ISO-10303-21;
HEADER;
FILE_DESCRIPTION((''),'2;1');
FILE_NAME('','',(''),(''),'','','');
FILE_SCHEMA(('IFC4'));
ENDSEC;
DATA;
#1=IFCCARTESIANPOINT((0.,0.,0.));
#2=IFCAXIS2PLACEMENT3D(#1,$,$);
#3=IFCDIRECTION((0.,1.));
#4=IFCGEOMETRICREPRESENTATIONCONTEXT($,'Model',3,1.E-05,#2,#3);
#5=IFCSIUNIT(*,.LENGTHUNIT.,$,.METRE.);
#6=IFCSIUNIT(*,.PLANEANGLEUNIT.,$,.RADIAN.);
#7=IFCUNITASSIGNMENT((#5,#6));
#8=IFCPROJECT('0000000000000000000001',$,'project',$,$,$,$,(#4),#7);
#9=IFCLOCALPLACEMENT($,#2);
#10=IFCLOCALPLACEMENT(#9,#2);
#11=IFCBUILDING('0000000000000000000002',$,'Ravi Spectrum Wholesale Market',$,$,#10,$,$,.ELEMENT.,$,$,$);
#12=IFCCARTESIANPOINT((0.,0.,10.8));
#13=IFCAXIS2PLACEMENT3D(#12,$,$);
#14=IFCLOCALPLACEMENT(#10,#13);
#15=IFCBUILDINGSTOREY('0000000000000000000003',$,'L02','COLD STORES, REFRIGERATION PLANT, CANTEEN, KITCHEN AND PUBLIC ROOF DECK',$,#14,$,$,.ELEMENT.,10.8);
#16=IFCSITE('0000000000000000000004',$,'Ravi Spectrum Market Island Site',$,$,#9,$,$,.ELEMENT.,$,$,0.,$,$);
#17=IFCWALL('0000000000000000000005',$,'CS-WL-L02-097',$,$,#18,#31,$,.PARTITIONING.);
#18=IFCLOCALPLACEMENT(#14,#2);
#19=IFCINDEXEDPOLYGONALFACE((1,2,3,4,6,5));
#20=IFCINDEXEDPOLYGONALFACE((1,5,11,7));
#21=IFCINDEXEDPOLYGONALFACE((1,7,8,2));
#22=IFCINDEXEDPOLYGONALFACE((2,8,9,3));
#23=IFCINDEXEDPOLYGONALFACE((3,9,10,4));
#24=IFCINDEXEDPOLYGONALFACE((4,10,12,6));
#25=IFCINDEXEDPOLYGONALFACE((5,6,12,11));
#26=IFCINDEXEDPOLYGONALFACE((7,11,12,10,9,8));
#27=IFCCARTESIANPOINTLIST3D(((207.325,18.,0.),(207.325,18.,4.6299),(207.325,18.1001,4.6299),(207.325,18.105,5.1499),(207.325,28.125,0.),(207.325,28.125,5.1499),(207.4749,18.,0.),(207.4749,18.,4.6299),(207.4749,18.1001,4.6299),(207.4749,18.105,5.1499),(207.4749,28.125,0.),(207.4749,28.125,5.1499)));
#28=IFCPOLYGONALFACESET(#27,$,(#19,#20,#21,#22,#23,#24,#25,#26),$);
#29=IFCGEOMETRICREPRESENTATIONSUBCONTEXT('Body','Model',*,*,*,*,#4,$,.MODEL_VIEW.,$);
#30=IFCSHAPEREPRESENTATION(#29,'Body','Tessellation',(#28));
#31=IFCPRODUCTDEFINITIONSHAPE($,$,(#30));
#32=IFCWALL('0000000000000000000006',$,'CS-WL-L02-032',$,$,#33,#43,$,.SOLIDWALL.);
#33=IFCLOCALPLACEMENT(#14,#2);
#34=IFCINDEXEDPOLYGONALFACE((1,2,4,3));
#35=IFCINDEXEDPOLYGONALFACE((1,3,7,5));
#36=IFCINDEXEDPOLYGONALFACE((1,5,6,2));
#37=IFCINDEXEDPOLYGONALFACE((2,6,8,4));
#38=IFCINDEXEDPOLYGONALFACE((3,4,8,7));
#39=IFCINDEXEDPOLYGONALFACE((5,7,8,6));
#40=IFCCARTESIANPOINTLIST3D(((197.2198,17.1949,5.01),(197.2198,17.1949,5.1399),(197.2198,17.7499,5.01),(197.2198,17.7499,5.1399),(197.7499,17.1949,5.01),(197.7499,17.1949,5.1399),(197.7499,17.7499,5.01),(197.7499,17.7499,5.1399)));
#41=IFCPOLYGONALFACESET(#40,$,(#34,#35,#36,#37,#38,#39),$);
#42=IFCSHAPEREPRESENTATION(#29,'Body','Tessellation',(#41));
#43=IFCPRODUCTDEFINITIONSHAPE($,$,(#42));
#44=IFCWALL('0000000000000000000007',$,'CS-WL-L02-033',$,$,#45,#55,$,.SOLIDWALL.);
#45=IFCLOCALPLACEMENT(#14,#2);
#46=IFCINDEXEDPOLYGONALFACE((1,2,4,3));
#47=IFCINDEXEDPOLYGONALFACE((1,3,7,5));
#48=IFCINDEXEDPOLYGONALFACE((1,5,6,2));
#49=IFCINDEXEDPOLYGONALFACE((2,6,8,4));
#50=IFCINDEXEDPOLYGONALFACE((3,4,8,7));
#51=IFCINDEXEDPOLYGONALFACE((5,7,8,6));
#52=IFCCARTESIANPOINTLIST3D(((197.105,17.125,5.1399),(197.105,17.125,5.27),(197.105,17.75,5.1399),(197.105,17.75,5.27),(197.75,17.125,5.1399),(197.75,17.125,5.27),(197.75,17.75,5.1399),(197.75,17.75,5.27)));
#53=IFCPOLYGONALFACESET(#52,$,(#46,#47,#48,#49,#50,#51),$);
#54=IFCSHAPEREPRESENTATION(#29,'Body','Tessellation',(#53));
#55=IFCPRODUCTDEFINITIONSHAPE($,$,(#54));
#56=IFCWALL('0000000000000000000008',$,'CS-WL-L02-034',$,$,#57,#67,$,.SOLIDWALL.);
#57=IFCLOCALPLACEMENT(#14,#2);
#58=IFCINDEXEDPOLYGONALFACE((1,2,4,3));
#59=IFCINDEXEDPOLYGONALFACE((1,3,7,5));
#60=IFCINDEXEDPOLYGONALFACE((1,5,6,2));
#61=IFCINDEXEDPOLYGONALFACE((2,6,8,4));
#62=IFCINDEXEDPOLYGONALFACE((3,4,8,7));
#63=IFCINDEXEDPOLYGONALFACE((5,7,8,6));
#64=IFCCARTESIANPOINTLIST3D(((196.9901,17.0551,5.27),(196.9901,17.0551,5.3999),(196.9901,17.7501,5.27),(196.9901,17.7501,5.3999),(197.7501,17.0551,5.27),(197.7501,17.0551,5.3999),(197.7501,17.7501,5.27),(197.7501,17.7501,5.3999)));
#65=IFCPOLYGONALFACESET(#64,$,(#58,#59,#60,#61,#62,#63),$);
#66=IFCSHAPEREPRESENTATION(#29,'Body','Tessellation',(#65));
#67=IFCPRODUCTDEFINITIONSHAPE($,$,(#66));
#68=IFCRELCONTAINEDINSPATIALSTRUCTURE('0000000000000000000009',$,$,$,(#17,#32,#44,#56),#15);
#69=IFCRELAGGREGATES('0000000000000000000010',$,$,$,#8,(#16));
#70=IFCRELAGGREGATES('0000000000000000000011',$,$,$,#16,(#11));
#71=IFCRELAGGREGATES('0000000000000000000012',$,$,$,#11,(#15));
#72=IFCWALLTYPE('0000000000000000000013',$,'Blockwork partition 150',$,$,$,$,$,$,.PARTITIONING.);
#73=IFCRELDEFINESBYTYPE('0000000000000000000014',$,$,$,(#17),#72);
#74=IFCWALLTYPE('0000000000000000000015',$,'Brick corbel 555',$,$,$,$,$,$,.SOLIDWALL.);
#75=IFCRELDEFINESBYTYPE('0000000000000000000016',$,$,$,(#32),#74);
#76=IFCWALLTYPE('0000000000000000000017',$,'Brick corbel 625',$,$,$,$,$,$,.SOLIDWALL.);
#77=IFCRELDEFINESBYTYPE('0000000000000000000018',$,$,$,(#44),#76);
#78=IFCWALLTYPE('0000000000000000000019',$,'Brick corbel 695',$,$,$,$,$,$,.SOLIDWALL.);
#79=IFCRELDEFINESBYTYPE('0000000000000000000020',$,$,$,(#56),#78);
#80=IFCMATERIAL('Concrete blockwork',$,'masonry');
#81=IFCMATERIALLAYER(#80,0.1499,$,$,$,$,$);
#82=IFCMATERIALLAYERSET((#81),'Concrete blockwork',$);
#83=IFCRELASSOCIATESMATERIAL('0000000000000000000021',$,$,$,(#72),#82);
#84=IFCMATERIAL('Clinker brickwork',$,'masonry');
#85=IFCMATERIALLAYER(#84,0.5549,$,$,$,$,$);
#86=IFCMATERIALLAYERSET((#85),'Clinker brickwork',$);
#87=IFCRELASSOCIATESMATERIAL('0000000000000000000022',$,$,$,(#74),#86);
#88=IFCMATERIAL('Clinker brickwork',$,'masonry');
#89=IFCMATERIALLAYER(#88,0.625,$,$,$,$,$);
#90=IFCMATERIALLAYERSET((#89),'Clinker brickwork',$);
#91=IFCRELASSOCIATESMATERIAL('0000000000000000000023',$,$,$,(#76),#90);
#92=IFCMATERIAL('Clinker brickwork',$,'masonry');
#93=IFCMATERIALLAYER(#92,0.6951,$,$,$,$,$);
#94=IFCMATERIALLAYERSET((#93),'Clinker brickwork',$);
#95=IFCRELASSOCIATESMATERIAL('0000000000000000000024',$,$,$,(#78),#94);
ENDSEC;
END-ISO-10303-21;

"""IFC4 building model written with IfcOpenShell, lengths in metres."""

from ifc_helpers import new_model, si_unit, direction, frame, frame_2d, origin, place, context, subcontext, project, spatial, polyline, rectangle, outline, extrude, material, layer, layer_set, type_object, element, save


model = new_model("IFC4")

# Units and contexts
model_context = context("Model", 3, precision=1e-05, world=origin(), true_north=direction((0.0, 1.0)))
body_context = subcontext(model_context, "Body", "Model", "MODEL_VIEW")
ifc_project = project(units=[si_unit("LENGTHUNIT", "METRE"), si_unit("PLANEANGLEUNIT", "RADIAN")], contexts=[model_context])

# Site, building, storey
site_placement = place(None, origin())
site = spatial("IfcSite", under=ifc_project, at=site_placement, Name="Ravi Spectrum Market Island Site", CompositionType="ELEMENT", RefElevation=0.0)
building_placement = place(site_placement, origin())
building = spatial("IfcBuilding", under=site, at=building_placement, Name="Ravi Spectrum Wholesale Market", CompositionType="ELEMENT")
storey_placement = place(building_placement, frame((0.0, 0.0, 10.8)))
storey = spatial("IfcBuildingStorey", under=building, at=storey_placement, Name="L02", Description="COLD STORES, REFRIGERATION PLANT, CANTEEN, KITCHEN AND PUBLIC ROOF DECK", CompositionType="ELEMENT", Elevation=10.8)

# Walls
ifc_material_1 = material(Name="Concrete blockwork", Category="masonry")
ifc_layer_1 = layer(ifc_material_1, 0.1499)
ifc_layer_set_1 = layer_set([ifc_layer_1], Name="Concrete blockwork")
wall_type_1 = type_object("IfcWallType", Name="Blockwork partition 150", PredefinedType="PARTITIONING", material=ifc_layer_set_1)
wall_1_placement = place(storey_placement, frame((207.3999, 18.0, 0.0), z_axis=(0.0, 0.0, 1.0), x_axis=(0.0, 1.0, 0.0)))
element("IfcWall", 1, at=wall_1_placement, inside=storey, type_object=wall_type_1, Name="CS-WL-L02-097", PredefinedType="PARTITIONING", context=body_context, shape_type="SweptSolid", body=[
    extrude(outline(polyline([(0.0, 0.0), (10.125, 0.0), (10.125, 5.1499), (0.105, 5.1499), (0.1001, 4.6299), (0.0, 4.6299), (0.0, 0.0)])), frame((0.0, 0.075, 0.0), z_axis=(0.0, -1.0, 0.0), x_axis=(1.0, 0.0, 0.0)), (0.0, 0.0, 1.0), 0.1499),
])
ifc_material_2 = material(Name="Clinker brickwork", Category="masonry")
ifc_layer_2 = layer(ifc_material_2, 0.5549)
ifc_layer_set_2 = layer_set([ifc_layer_2], Name="Clinker brickwork")
wall_type_2 = type_object("IfcWallType", Name="Brick corbel 555", PredefinedType="SOLIDWALL", material=ifc_layer_set_2)
wall_2_placement = place(storey_placement, frame((197.75, 17.4724, 5.01), z_axis=(0.0, 0.0, 1.0), x_axis=(-1.0, 0.0, 0.0)))
element("IfcWall", 2, at=wall_2_placement, inside=storey, type_object=wall_type_2, Name="CS-WL-L02-032", PredefinedType="SOLIDWALL", context=body_context, shape_type="SweptSolid", body=[
    extrude(rectangle(XDim=0.53, YDim=0.5549, at=frame_2d((0.2651, 0.0))), origin(), (0.0, 0.0, 1.0), 0.1299),
])
ifc_material_3 = material(Name="Clinker brickwork", Category="masonry")
ifc_layer_3 = layer(ifc_material_3, 0.625)
ifc_layer_set_3 = layer_set([ifc_layer_3], Name="Clinker brickwork")
wall_type_3 = type_object("IfcWallType", Name="Brick corbel 625", PredefinedType="SOLIDWALL", material=ifc_layer_set_3)
wall_3_placement = place(storey_placement, frame((197.75, 17.4375, 5.1399), z_axis=(0.0, 0.0, 1.0), x_axis=(-1.0, 0.0, 0.0)))
element("IfcWall", 3, at=wall_3_placement, inside=storey, type_object=wall_type_3, Name="CS-WL-L02-033", PredefinedType="SOLIDWALL", context=body_context, shape_type="SweptSolid", body=[
    extrude(rectangle(XDim=0.645, YDim=0.625, at=frame_2d((0.3225, 0.0))), origin(), (0.0, 0.0, 1.0), 0.1301),
])
ifc_material_4 = material(Name="Clinker brickwork", Category="masonry")
ifc_layer_4 = layer(ifc_material_4, 0.6951)
ifc_layer_set_4 = layer_set([ifc_layer_4], Name="Clinker brickwork")
wall_type_4 = type_object("IfcWallType", Name="Brick corbel 695", PredefinedType="SOLIDWALL", material=ifc_layer_set_4)
wall_4_placement = place(storey_placement, frame((197.75, 17.4026, 5.27), z_axis=(0.0, 0.0, 1.0), x_axis=(-1.0, 0.0, 0.0)))
element("IfcWall", 4, at=wall_4_placement, inside=storey, type_object=wall_type_4, Name="CS-WL-L02-034", PredefinedType="SOLIDWALL", context=body_context, shape_type="SweptSolid", body=[
    extrude(rectangle(XDim=0.76, YDim=0.6951, at=frame_2d((0.3799, 0.0))), origin(), (0.0, 0.0, 1.0), 0.1299),
])

save(model, "model.ifc")
